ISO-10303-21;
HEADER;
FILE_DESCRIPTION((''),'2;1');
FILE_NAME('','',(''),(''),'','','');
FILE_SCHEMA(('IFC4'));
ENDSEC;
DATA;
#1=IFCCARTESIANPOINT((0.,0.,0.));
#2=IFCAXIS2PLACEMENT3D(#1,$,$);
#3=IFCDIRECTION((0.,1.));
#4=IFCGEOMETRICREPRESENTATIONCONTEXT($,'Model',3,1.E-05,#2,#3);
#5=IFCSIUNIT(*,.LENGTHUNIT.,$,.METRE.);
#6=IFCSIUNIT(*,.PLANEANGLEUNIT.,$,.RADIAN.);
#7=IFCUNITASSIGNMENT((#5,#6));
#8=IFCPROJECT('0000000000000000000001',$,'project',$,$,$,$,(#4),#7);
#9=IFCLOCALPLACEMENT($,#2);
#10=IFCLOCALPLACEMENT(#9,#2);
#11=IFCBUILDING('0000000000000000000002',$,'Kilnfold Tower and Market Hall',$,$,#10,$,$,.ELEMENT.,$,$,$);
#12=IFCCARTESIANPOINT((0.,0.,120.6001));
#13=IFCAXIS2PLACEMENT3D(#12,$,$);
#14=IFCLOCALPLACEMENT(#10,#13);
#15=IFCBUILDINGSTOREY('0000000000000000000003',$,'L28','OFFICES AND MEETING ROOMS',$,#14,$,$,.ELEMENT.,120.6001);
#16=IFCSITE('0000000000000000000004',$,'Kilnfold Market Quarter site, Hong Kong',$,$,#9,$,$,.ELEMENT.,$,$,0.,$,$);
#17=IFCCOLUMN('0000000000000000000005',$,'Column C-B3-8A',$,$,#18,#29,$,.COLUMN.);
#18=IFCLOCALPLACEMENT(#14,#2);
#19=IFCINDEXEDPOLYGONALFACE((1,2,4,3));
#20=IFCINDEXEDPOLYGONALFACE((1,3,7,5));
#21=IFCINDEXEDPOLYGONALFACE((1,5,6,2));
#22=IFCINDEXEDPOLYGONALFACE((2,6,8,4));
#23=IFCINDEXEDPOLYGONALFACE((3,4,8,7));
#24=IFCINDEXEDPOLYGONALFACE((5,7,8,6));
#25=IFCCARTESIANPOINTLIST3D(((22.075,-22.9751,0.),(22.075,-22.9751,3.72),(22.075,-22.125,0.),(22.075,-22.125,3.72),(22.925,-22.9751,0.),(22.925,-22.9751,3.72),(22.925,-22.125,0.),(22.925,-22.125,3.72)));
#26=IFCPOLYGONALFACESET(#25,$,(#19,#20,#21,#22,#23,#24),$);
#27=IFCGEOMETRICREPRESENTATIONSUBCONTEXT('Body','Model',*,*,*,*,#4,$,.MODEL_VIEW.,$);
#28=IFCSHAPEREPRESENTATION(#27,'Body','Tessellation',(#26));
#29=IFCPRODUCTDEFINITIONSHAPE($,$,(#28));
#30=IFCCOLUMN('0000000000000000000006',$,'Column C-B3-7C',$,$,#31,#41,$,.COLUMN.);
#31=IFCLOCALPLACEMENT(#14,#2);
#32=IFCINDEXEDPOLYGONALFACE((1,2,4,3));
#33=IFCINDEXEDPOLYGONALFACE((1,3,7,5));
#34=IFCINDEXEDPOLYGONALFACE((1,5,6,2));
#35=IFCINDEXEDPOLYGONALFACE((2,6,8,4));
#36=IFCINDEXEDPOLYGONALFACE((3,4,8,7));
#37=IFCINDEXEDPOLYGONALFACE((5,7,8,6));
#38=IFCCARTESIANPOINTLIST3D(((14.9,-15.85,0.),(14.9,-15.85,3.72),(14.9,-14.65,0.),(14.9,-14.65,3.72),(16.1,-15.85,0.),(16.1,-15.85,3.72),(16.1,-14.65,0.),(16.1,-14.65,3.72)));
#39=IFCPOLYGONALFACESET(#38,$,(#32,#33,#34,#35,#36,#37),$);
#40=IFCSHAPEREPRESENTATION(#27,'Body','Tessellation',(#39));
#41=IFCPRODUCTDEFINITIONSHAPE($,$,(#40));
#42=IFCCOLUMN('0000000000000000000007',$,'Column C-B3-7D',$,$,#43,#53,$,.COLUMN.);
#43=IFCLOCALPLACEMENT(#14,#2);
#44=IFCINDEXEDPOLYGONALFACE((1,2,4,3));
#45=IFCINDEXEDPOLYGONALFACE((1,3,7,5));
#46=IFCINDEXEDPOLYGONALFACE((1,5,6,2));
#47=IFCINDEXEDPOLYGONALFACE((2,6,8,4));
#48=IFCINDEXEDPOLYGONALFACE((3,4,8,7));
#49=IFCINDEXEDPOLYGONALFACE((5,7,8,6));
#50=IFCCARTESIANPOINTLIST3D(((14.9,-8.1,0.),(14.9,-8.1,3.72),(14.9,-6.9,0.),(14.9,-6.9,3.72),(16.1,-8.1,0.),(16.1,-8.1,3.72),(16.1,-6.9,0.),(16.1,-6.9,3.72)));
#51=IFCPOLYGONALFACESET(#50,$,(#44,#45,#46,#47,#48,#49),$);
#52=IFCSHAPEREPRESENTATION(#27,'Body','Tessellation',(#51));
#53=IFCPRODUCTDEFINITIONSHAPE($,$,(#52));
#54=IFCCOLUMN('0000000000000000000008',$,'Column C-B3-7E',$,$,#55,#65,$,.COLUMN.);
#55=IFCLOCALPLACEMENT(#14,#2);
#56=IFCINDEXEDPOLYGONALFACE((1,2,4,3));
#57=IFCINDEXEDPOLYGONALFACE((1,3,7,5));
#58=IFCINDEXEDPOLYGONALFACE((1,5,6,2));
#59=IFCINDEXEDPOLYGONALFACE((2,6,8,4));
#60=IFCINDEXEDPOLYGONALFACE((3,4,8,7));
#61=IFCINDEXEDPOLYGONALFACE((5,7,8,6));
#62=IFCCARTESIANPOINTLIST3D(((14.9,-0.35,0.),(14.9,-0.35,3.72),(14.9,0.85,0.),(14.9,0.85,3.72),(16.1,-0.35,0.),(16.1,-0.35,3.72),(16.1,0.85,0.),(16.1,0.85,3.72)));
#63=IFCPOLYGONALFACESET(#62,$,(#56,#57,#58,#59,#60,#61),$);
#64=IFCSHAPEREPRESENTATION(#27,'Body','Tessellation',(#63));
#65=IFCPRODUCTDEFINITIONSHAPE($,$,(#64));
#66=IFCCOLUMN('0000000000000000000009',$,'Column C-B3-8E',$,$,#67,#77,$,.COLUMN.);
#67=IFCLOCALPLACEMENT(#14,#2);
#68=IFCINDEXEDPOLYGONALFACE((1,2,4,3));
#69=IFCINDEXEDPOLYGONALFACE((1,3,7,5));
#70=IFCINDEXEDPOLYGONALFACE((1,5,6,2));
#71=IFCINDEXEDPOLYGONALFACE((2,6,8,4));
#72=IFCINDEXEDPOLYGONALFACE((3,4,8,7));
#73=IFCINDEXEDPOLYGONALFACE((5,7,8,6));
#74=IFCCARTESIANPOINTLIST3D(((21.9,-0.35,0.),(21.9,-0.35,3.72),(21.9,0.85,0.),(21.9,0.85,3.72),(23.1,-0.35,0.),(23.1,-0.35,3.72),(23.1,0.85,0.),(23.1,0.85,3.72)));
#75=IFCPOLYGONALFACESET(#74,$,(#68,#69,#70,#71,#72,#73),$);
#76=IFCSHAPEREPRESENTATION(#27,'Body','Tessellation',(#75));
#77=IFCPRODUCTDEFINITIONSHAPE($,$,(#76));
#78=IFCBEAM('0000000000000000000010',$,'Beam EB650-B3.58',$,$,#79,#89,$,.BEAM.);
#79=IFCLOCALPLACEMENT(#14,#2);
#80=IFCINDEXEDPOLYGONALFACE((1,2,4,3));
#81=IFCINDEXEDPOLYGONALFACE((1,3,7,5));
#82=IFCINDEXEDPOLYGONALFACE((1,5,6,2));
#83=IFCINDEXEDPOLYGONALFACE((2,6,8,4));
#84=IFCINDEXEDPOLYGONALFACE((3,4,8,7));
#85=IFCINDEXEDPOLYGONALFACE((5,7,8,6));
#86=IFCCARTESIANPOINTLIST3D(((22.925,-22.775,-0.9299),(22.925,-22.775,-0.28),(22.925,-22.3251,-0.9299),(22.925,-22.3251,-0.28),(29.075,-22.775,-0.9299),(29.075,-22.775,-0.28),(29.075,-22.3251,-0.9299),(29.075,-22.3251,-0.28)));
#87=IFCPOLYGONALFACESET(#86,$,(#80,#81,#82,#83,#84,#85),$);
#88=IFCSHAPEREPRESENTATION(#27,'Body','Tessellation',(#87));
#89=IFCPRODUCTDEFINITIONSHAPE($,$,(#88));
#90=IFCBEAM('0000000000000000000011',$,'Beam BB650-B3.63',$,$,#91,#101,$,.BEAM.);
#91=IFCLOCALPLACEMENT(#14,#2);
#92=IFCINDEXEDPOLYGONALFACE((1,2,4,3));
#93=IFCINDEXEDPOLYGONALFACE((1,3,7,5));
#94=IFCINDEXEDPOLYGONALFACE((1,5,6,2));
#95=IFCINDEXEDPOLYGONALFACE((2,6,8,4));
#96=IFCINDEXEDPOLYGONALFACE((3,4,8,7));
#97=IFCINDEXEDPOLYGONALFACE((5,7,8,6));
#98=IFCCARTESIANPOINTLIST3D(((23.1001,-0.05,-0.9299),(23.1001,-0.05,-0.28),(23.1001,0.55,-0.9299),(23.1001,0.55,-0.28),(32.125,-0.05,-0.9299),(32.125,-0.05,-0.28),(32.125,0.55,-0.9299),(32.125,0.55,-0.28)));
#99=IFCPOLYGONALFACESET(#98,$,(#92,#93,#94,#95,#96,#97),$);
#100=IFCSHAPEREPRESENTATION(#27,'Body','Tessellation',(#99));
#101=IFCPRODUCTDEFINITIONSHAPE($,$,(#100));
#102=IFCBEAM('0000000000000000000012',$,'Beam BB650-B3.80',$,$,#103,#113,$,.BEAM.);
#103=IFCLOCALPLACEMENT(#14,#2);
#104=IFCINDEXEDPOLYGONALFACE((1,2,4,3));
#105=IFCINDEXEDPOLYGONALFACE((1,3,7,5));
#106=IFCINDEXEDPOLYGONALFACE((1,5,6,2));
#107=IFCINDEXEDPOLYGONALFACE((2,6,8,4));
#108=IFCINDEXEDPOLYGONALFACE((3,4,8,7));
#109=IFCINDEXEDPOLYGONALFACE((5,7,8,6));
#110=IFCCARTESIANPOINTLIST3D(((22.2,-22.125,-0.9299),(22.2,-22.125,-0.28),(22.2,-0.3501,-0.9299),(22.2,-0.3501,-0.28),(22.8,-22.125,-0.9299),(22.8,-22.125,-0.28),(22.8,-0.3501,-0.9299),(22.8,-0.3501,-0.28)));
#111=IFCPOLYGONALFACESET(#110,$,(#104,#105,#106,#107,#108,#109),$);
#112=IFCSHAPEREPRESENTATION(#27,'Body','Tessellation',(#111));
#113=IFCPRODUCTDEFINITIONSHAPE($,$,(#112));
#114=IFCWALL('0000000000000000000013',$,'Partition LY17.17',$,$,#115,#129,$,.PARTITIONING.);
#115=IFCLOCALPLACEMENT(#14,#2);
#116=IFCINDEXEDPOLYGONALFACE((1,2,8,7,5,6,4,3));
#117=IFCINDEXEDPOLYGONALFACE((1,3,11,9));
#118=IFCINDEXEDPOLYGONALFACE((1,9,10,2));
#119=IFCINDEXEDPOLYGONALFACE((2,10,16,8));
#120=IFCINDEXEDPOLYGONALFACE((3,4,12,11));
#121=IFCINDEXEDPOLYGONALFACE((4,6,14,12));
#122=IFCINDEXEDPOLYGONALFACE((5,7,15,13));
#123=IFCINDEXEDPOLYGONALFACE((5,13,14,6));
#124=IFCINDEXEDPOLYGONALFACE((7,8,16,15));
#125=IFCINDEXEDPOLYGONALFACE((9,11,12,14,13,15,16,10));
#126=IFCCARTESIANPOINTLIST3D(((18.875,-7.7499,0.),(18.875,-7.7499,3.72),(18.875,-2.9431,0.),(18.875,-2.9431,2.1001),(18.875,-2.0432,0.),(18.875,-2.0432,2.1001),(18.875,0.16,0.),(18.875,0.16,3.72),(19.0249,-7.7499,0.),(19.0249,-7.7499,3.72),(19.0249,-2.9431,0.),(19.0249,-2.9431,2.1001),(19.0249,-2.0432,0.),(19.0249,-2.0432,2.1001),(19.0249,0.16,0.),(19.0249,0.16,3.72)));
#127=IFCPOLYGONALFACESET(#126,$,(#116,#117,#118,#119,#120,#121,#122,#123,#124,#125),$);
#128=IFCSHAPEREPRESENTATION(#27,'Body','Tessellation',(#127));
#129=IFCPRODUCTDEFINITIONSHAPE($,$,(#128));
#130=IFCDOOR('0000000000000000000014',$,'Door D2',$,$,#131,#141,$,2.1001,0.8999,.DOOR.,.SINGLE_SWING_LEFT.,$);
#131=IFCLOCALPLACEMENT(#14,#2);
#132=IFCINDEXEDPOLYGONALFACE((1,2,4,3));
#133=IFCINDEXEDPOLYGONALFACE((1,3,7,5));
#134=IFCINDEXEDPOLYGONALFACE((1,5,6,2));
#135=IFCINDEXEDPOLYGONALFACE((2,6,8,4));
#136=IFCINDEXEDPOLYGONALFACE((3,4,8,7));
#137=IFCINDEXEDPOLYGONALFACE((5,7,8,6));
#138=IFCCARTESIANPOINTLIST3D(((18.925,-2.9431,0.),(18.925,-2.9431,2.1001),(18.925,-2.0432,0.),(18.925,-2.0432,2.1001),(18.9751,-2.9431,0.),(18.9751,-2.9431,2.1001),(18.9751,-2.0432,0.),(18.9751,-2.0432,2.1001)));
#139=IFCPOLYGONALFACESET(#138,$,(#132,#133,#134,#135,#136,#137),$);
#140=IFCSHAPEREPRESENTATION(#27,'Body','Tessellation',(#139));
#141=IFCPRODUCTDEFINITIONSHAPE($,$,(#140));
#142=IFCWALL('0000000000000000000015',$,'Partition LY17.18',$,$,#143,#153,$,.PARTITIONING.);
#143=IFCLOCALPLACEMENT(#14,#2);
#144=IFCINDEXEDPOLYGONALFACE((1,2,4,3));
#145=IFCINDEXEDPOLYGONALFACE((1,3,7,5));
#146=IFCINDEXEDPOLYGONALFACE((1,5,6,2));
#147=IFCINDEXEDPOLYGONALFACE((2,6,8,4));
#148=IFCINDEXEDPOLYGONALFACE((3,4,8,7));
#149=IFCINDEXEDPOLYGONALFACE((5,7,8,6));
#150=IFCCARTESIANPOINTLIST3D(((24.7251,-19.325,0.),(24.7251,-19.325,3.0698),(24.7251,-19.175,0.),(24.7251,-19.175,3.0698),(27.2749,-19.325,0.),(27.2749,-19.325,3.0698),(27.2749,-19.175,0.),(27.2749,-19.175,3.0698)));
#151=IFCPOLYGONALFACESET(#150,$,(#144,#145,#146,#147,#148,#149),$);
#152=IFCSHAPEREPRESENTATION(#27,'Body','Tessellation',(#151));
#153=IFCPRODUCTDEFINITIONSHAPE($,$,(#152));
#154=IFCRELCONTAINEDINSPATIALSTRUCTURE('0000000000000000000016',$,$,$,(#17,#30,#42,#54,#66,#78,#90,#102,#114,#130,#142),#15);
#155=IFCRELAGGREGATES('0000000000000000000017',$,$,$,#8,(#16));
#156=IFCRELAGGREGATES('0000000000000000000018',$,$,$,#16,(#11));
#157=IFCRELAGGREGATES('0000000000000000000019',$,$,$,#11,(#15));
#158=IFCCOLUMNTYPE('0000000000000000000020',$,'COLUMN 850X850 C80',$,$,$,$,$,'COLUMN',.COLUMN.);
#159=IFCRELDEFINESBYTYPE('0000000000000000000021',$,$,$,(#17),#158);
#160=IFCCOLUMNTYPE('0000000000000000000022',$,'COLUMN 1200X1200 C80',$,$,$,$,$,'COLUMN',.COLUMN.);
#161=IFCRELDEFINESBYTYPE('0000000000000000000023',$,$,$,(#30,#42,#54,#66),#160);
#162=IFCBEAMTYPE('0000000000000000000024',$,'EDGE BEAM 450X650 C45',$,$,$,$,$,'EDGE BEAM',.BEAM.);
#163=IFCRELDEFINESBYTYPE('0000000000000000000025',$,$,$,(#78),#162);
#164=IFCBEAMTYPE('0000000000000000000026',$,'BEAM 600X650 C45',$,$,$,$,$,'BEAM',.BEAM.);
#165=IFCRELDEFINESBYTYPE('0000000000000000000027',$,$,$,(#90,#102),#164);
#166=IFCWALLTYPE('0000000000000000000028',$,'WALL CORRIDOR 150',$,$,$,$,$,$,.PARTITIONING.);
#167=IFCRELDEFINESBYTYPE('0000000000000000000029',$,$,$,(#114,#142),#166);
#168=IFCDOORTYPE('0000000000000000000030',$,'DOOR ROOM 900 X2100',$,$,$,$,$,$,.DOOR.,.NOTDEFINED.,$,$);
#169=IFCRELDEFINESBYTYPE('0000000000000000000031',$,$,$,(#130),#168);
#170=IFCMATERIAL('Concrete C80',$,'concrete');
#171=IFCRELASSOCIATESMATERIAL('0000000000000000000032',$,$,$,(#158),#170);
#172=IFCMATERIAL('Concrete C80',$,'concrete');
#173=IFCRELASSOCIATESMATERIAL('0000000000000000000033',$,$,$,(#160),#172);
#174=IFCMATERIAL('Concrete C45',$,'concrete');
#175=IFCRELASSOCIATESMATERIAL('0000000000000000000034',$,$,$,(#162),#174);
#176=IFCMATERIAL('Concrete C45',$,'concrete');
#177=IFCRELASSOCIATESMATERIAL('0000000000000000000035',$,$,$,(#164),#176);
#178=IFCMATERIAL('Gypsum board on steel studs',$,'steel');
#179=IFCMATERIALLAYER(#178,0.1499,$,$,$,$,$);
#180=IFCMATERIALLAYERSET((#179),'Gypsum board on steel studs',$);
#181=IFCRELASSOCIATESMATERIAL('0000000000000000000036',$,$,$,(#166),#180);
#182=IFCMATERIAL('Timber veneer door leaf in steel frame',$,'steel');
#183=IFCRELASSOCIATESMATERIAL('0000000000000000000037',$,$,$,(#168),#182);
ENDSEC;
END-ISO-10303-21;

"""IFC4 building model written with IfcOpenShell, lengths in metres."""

from ifc_helpers import new_model, si_unit, direction, frame, frame_2d, origin, origin_2d, place, context, subcontext, project, spatial, rectangle, extrude, source, transform, mapped, material, layer, layer_set, material_profile, profile_set, type_object, element, fill, save


model = new_model("IFC4")

# Units and contexts
model_context = context("Model", 3, precision=1e-05, world=origin(), true_north=direction((0.0, 1.0)))
body_context = subcontext(model_context, "Body", "Model", "MODEL_VIEW")
ifc_project = project(units=[si_unit("LENGTHUNIT", "METRE"), si_unit("PLANEANGLEUNIT", "RADIAN")], contexts=[model_context])

# Site, building, storey
site_placement = place(None, origin())
site = spatial("IfcSite", under=ifc_project, at=site_placement, Name="Kilnfold Market Quarter site, Hong Kong", CompositionType="ELEMENT", RefElevation=0.0)
building_placement = place(site_placement, origin())
building = spatial("IfcBuilding", under=site, at=building_placement, Name="Kilnfold Tower and Market Hall", CompositionType="ELEMENT")
storey_placement = place(building_placement, frame((0.0, 0.0, 120.6001)))
storey = spatial("IfcBuildingStorey", under=building, at=storey_placement, Name="L28", Description="OFFICES AND MEETING ROOMS", CompositionType="ELEMENT", Elevation=120.6001)

# Columns
ifc_material_1 = material(Name="Concrete C80", Category="concrete")
ifc_material_profile_1 = material_profile(ifc_material_1, rectangle(XDim=0.8501, YDim=0.8501, at=origin_2d()), Name="RC 850x850")
ifc_profile_set_1 = profile_set([ifc_material_profile_1], Name="Concrete C80")
column_type_1 = type_object("IfcColumnType", Name="COLUMN 850X850 C80", ElementType="COLUMN", PredefinedType="COLUMN", material=ifc_profile_set_1)
shared_shape_1 = source(origin(), body_context, "Body", "SweptSolid", [
    extrude(rectangle(XDim=0.8501, YDim=0.8501, at=origin_2d()), origin(), (0.0, 0.0, 1.0), 3.72),
])
column_placement = place(storey_placement, frame((22.5, -22.55, 0.0), z_axis=(0.0, 0.0, 1.0), x_axis=(1.0, 0.0, 0.0)))
element("IfcColumn", 1, at=column_placement, inside=storey, type_object=column_type_1, Name="Column C-B3-8A", PredefinedType="COLUMN", context=body_context, shape_type="MappedRepresentation", body=[
    mapped(shared_shape_1, transform((0.0, 0.0, 0.0))),
])
ifc_material_2 = material(Name="Concrete C80", Category="concrete")
ifc_material_profile_2 = material_profile(ifc_material_2, rectangle(XDim=1.2, YDim=1.2, at=origin_2d()), Name="RC 1200x1200")
ifc_profile_set_2 = profile_set([ifc_material_profile_2], Name="Concrete C80")
column_type_2 = type_object("IfcColumnType", Name="COLUMN 1200X1200 C80", ElementType="COLUMN", PredefinedType="COLUMN", material=ifc_profile_set_2)
shared_shape_2 = source(origin(), body_context, "Body", "SweptSolid", [
    extrude(rectangle(XDim=1.2, YDim=1.2, at=origin_2d()), origin(), (0.0, 0.0, 1.0), 3.72),
])
for number, where, z_axis, x_axis, name in (
    (2, (15.5, -15.25, 0.0), (0.0, 0.0, 1.0), (1.0, 0.0, 0.0), "Column C-B3-7C"),
    (3, (15.5, -7.5, 0.0), (0.0, 0.0, 1.0), (1.0, 0.0, 0.0), "Column C-B3-7D"),
    (4, (15.5, 0.25, 0.0), (0.0, 0.0, 1.0), (1.0, 0.0, 0.0), "Column C-B3-7E"),
    (5, (22.5, 0.25, 0.0), (0.0, 0.0, 1.0), (1.0, 0.0, 0.0), "Column C-B3-8E"),
):
    element("IfcColumn", number, at=place(storey_placement, frame(where, z_axis=z_axis, x_axis=x_axis)), inside=storey, type_object=column_type_2, Name=name, PredefinedType="COLUMN", context=body_context, shape_type="MappedRepresentation", body=[
        mapped(shared_shape_2, transform((0.0, 0.0, 0.0))),
    ])

# Beams
ifc_material_3 = material(Name="Concrete C45", Category="concrete")
ifc_material_profile_3 = material_profile(ifc_material_3, rectangle(XDim=0.45, YDim=0.6499, at=origin_2d()), Name="RC 450x650")
ifc_profile_set_3 = profile_set([ifc_material_profile_3], Name="Concrete C45")
beam_type_1 = type_object("IfcBeamType", Name="EDGE BEAM 450X650 C45", ElementType="EDGE BEAM", PredefinedType="BEAM", material=ifc_profile_set_3)
shared_shape_3 = source(origin(), body_context, "Body", "SweptSolid", [
    extrude(rectangle(XDim=0.45, YDim=0.6499, at=origin_2d()), origin(), (0.0, 0.0, 1.0), 6.1499),
])
beam_1_placement = place(storey_placement, frame((22.925, -22.55, -0.605), z_axis=(1.0, 0.0, 0.0), x_axis=(0.0, 1.0, 0.0)))
element("IfcBeam", 6, at=beam_1_placement, inside=storey, type_object=beam_type_1, Name="Beam EB650-B3.58", PredefinedType="BEAM", context=body_context, shape_type="MappedRepresentation", body=[
    mapped(shared_shape_3, transform((0.0, 0.0, 0.0))),
])
ifc_material_4 = material(Name="Concrete C45", Category="concrete")
ifc_material_profile_4 = material_profile(ifc_material_4, rectangle(XDim=0.6001, YDim=0.6499, at=origin_2d()), Name="RC 600x650")
ifc_profile_set_4 = profile_set([ifc_material_profile_4], Name="Concrete C45")
beam_type_2 = type_object("IfcBeamType", Name="BEAM 600X650 C45", ElementType="BEAM", PredefinedType="BEAM", material=ifc_profile_set_4)
shared_shape_4 = source(origin(), body_context, "Body", "SweptSolid", [
    extrude(rectangle(XDim=0.6001, YDim=0.6499, at=origin_2d()), origin(), (0.0, 0.0, 1.0), 9.0249),
])
beam_2_placement = place(storey_placement, frame((23.1001, 0.25, -0.605), z_axis=(1.0, 0.0, 0.0), x_axis=(0.0, 1.0, 0.0)))
element("IfcBeam", 7, at=beam_2_placement, inside=storey, type_object=beam_type_2, Name="Beam BB650-B3.63", PredefinedType="BEAM", context=body_context, shape_type="MappedRepresentation", body=[
    mapped(shared_shape_4, transform((0.0, 0.0, 0.0))),
])
shared_shape_5 = source(origin(), body_context, "Body", "SweptSolid", [
    extrude(rectangle(XDim=0.6001, YDim=0.6499, at=origin_2d()), origin(), (0.0, 0.0, 1.0), 21.7749),
])
beam_3_placement = place(storey_placement, frame((22.5, -22.125, -0.605), z_axis=(0.0, 1.0, 0.0), x_axis=(-1.0, 0.0, 0.0)))
element("IfcBeam", 8, at=beam_3_placement, inside=storey, type_object=beam_type_2, Name="Beam BB650-B3.80", PredefinedType="BEAM", context=body_context, shape_type="MappedRepresentation", body=[
    mapped(shared_shape_5, transform((0.0, 0.0, 0.0))),
])

# Wall, opening, door
ifc_material_5 = material(Name="Gypsum board on steel studs", Category="steel")
ifc_layer_1 = layer(ifc_material_5, 0.1499)
ifc_layer_set_1 = layer_set([ifc_layer_1], Name="Gypsum board on steel studs")
wall_type_1 = type_object("IfcWallType", Name="WALL CORRIDOR 150", PredefinedType="PARTITIONING", material=ifc_layer_set_1)
wall_1_placement = place(storey_placement, frame((18.95, -7.75, 0.0), z_axis=(0.0, 0.0, 1.0), x_axis=(0.0, 1.0, 0.0)))
wall_1 = element("IfcWall", 9, at=wall_1_placement, inside=storey, type_object=wall_type_1, Name="Partition LY17.17", PredefinedType="PARTITIONING", context=body_context, shape_type="SweptSolid", body=[
    extrude(rectangle(XDim=7.9099, YDim=0.1499, at=frame_2d((3.9551, 0.0))), origin(), (0.0, 0.0, 1.0), 3.72),
])
opening_1_placement = place(wall_1_placement, frame((4.8069, 0.0, 0.0)))
opening_1 = element("IfcOpeningElement", 10, at=opening_1_placement, cuts=wall_1, PredefinedType="OPENING", context=body_context, shape_type="SweptSolid", body=[
    extrude(rectangle(XDim=0.8999, YDim=2.1001, at=frame_2d((0.45, 1.05))), frame((0.0, 0.085, 0.0), z_axis=(0.0, -1.0, 0.0), x_axis=(1.0, 0.0, 0.0)), (0.0, 0.0, 1.0), 0.1699),
])
ifc_material_6 = material(Name="Timber veneer door leaf in steel frame", Category="steel")
door_type_1 = type_object("IfcDoorType", Name="DOOR ROOM 900 X2100", OperationType="NOTDEFINED", PredefinedType="DOOR", material=ifc_material_6)
door_1_placement = place(opening_1_placement, origin())
door_1 = element("IfcDoor", 11, at=door_1_placement, inside=storey, type_object=door_type_1, Name="Door D2", OperationType="SINGLE_SWING_LEFT", OverallHeight=2.1001, OverallWidth=0.8999, PredefinedType="DOOR", context=body_context, shape_type="SweptSolid", body=[
    extrude(rectangle(XDim=0.8999, YDim=2.1001, at=frame_2d((0.45, 1.05))), frame((0.0, 0.0249, 0.0), z_axis=(0.0, -1.0, 0.0), x_axis=(1.0, 0.0, 0.0)), (0.0, 0.0, 1.0), 0.05),
])
fill(opening_1, door_1)

# Wall
wall_2_placement = place(storey_placement, frame((24.7251, -19.25, 0.0), z_axis=(0.0, 0.0, 1.0), x_axis=(1.0, 0.0, 0.0)))
element("IfcWall", 12, at=wall_2_placement, inside=storey, type_object=wall_type_1, Name="Partition LY17.18", PredefinedType="PARTITIONING", context=body_context, shape_type="SweptSolid", body=[
    extrude(rectangle(XDim=2.5498, YDim=0.1499, at=frame_2d((1.2749, 0.0))), origin(), (0.0, 0.0, 1.0), 3.0698),
])

save(model, "model.ifc")
